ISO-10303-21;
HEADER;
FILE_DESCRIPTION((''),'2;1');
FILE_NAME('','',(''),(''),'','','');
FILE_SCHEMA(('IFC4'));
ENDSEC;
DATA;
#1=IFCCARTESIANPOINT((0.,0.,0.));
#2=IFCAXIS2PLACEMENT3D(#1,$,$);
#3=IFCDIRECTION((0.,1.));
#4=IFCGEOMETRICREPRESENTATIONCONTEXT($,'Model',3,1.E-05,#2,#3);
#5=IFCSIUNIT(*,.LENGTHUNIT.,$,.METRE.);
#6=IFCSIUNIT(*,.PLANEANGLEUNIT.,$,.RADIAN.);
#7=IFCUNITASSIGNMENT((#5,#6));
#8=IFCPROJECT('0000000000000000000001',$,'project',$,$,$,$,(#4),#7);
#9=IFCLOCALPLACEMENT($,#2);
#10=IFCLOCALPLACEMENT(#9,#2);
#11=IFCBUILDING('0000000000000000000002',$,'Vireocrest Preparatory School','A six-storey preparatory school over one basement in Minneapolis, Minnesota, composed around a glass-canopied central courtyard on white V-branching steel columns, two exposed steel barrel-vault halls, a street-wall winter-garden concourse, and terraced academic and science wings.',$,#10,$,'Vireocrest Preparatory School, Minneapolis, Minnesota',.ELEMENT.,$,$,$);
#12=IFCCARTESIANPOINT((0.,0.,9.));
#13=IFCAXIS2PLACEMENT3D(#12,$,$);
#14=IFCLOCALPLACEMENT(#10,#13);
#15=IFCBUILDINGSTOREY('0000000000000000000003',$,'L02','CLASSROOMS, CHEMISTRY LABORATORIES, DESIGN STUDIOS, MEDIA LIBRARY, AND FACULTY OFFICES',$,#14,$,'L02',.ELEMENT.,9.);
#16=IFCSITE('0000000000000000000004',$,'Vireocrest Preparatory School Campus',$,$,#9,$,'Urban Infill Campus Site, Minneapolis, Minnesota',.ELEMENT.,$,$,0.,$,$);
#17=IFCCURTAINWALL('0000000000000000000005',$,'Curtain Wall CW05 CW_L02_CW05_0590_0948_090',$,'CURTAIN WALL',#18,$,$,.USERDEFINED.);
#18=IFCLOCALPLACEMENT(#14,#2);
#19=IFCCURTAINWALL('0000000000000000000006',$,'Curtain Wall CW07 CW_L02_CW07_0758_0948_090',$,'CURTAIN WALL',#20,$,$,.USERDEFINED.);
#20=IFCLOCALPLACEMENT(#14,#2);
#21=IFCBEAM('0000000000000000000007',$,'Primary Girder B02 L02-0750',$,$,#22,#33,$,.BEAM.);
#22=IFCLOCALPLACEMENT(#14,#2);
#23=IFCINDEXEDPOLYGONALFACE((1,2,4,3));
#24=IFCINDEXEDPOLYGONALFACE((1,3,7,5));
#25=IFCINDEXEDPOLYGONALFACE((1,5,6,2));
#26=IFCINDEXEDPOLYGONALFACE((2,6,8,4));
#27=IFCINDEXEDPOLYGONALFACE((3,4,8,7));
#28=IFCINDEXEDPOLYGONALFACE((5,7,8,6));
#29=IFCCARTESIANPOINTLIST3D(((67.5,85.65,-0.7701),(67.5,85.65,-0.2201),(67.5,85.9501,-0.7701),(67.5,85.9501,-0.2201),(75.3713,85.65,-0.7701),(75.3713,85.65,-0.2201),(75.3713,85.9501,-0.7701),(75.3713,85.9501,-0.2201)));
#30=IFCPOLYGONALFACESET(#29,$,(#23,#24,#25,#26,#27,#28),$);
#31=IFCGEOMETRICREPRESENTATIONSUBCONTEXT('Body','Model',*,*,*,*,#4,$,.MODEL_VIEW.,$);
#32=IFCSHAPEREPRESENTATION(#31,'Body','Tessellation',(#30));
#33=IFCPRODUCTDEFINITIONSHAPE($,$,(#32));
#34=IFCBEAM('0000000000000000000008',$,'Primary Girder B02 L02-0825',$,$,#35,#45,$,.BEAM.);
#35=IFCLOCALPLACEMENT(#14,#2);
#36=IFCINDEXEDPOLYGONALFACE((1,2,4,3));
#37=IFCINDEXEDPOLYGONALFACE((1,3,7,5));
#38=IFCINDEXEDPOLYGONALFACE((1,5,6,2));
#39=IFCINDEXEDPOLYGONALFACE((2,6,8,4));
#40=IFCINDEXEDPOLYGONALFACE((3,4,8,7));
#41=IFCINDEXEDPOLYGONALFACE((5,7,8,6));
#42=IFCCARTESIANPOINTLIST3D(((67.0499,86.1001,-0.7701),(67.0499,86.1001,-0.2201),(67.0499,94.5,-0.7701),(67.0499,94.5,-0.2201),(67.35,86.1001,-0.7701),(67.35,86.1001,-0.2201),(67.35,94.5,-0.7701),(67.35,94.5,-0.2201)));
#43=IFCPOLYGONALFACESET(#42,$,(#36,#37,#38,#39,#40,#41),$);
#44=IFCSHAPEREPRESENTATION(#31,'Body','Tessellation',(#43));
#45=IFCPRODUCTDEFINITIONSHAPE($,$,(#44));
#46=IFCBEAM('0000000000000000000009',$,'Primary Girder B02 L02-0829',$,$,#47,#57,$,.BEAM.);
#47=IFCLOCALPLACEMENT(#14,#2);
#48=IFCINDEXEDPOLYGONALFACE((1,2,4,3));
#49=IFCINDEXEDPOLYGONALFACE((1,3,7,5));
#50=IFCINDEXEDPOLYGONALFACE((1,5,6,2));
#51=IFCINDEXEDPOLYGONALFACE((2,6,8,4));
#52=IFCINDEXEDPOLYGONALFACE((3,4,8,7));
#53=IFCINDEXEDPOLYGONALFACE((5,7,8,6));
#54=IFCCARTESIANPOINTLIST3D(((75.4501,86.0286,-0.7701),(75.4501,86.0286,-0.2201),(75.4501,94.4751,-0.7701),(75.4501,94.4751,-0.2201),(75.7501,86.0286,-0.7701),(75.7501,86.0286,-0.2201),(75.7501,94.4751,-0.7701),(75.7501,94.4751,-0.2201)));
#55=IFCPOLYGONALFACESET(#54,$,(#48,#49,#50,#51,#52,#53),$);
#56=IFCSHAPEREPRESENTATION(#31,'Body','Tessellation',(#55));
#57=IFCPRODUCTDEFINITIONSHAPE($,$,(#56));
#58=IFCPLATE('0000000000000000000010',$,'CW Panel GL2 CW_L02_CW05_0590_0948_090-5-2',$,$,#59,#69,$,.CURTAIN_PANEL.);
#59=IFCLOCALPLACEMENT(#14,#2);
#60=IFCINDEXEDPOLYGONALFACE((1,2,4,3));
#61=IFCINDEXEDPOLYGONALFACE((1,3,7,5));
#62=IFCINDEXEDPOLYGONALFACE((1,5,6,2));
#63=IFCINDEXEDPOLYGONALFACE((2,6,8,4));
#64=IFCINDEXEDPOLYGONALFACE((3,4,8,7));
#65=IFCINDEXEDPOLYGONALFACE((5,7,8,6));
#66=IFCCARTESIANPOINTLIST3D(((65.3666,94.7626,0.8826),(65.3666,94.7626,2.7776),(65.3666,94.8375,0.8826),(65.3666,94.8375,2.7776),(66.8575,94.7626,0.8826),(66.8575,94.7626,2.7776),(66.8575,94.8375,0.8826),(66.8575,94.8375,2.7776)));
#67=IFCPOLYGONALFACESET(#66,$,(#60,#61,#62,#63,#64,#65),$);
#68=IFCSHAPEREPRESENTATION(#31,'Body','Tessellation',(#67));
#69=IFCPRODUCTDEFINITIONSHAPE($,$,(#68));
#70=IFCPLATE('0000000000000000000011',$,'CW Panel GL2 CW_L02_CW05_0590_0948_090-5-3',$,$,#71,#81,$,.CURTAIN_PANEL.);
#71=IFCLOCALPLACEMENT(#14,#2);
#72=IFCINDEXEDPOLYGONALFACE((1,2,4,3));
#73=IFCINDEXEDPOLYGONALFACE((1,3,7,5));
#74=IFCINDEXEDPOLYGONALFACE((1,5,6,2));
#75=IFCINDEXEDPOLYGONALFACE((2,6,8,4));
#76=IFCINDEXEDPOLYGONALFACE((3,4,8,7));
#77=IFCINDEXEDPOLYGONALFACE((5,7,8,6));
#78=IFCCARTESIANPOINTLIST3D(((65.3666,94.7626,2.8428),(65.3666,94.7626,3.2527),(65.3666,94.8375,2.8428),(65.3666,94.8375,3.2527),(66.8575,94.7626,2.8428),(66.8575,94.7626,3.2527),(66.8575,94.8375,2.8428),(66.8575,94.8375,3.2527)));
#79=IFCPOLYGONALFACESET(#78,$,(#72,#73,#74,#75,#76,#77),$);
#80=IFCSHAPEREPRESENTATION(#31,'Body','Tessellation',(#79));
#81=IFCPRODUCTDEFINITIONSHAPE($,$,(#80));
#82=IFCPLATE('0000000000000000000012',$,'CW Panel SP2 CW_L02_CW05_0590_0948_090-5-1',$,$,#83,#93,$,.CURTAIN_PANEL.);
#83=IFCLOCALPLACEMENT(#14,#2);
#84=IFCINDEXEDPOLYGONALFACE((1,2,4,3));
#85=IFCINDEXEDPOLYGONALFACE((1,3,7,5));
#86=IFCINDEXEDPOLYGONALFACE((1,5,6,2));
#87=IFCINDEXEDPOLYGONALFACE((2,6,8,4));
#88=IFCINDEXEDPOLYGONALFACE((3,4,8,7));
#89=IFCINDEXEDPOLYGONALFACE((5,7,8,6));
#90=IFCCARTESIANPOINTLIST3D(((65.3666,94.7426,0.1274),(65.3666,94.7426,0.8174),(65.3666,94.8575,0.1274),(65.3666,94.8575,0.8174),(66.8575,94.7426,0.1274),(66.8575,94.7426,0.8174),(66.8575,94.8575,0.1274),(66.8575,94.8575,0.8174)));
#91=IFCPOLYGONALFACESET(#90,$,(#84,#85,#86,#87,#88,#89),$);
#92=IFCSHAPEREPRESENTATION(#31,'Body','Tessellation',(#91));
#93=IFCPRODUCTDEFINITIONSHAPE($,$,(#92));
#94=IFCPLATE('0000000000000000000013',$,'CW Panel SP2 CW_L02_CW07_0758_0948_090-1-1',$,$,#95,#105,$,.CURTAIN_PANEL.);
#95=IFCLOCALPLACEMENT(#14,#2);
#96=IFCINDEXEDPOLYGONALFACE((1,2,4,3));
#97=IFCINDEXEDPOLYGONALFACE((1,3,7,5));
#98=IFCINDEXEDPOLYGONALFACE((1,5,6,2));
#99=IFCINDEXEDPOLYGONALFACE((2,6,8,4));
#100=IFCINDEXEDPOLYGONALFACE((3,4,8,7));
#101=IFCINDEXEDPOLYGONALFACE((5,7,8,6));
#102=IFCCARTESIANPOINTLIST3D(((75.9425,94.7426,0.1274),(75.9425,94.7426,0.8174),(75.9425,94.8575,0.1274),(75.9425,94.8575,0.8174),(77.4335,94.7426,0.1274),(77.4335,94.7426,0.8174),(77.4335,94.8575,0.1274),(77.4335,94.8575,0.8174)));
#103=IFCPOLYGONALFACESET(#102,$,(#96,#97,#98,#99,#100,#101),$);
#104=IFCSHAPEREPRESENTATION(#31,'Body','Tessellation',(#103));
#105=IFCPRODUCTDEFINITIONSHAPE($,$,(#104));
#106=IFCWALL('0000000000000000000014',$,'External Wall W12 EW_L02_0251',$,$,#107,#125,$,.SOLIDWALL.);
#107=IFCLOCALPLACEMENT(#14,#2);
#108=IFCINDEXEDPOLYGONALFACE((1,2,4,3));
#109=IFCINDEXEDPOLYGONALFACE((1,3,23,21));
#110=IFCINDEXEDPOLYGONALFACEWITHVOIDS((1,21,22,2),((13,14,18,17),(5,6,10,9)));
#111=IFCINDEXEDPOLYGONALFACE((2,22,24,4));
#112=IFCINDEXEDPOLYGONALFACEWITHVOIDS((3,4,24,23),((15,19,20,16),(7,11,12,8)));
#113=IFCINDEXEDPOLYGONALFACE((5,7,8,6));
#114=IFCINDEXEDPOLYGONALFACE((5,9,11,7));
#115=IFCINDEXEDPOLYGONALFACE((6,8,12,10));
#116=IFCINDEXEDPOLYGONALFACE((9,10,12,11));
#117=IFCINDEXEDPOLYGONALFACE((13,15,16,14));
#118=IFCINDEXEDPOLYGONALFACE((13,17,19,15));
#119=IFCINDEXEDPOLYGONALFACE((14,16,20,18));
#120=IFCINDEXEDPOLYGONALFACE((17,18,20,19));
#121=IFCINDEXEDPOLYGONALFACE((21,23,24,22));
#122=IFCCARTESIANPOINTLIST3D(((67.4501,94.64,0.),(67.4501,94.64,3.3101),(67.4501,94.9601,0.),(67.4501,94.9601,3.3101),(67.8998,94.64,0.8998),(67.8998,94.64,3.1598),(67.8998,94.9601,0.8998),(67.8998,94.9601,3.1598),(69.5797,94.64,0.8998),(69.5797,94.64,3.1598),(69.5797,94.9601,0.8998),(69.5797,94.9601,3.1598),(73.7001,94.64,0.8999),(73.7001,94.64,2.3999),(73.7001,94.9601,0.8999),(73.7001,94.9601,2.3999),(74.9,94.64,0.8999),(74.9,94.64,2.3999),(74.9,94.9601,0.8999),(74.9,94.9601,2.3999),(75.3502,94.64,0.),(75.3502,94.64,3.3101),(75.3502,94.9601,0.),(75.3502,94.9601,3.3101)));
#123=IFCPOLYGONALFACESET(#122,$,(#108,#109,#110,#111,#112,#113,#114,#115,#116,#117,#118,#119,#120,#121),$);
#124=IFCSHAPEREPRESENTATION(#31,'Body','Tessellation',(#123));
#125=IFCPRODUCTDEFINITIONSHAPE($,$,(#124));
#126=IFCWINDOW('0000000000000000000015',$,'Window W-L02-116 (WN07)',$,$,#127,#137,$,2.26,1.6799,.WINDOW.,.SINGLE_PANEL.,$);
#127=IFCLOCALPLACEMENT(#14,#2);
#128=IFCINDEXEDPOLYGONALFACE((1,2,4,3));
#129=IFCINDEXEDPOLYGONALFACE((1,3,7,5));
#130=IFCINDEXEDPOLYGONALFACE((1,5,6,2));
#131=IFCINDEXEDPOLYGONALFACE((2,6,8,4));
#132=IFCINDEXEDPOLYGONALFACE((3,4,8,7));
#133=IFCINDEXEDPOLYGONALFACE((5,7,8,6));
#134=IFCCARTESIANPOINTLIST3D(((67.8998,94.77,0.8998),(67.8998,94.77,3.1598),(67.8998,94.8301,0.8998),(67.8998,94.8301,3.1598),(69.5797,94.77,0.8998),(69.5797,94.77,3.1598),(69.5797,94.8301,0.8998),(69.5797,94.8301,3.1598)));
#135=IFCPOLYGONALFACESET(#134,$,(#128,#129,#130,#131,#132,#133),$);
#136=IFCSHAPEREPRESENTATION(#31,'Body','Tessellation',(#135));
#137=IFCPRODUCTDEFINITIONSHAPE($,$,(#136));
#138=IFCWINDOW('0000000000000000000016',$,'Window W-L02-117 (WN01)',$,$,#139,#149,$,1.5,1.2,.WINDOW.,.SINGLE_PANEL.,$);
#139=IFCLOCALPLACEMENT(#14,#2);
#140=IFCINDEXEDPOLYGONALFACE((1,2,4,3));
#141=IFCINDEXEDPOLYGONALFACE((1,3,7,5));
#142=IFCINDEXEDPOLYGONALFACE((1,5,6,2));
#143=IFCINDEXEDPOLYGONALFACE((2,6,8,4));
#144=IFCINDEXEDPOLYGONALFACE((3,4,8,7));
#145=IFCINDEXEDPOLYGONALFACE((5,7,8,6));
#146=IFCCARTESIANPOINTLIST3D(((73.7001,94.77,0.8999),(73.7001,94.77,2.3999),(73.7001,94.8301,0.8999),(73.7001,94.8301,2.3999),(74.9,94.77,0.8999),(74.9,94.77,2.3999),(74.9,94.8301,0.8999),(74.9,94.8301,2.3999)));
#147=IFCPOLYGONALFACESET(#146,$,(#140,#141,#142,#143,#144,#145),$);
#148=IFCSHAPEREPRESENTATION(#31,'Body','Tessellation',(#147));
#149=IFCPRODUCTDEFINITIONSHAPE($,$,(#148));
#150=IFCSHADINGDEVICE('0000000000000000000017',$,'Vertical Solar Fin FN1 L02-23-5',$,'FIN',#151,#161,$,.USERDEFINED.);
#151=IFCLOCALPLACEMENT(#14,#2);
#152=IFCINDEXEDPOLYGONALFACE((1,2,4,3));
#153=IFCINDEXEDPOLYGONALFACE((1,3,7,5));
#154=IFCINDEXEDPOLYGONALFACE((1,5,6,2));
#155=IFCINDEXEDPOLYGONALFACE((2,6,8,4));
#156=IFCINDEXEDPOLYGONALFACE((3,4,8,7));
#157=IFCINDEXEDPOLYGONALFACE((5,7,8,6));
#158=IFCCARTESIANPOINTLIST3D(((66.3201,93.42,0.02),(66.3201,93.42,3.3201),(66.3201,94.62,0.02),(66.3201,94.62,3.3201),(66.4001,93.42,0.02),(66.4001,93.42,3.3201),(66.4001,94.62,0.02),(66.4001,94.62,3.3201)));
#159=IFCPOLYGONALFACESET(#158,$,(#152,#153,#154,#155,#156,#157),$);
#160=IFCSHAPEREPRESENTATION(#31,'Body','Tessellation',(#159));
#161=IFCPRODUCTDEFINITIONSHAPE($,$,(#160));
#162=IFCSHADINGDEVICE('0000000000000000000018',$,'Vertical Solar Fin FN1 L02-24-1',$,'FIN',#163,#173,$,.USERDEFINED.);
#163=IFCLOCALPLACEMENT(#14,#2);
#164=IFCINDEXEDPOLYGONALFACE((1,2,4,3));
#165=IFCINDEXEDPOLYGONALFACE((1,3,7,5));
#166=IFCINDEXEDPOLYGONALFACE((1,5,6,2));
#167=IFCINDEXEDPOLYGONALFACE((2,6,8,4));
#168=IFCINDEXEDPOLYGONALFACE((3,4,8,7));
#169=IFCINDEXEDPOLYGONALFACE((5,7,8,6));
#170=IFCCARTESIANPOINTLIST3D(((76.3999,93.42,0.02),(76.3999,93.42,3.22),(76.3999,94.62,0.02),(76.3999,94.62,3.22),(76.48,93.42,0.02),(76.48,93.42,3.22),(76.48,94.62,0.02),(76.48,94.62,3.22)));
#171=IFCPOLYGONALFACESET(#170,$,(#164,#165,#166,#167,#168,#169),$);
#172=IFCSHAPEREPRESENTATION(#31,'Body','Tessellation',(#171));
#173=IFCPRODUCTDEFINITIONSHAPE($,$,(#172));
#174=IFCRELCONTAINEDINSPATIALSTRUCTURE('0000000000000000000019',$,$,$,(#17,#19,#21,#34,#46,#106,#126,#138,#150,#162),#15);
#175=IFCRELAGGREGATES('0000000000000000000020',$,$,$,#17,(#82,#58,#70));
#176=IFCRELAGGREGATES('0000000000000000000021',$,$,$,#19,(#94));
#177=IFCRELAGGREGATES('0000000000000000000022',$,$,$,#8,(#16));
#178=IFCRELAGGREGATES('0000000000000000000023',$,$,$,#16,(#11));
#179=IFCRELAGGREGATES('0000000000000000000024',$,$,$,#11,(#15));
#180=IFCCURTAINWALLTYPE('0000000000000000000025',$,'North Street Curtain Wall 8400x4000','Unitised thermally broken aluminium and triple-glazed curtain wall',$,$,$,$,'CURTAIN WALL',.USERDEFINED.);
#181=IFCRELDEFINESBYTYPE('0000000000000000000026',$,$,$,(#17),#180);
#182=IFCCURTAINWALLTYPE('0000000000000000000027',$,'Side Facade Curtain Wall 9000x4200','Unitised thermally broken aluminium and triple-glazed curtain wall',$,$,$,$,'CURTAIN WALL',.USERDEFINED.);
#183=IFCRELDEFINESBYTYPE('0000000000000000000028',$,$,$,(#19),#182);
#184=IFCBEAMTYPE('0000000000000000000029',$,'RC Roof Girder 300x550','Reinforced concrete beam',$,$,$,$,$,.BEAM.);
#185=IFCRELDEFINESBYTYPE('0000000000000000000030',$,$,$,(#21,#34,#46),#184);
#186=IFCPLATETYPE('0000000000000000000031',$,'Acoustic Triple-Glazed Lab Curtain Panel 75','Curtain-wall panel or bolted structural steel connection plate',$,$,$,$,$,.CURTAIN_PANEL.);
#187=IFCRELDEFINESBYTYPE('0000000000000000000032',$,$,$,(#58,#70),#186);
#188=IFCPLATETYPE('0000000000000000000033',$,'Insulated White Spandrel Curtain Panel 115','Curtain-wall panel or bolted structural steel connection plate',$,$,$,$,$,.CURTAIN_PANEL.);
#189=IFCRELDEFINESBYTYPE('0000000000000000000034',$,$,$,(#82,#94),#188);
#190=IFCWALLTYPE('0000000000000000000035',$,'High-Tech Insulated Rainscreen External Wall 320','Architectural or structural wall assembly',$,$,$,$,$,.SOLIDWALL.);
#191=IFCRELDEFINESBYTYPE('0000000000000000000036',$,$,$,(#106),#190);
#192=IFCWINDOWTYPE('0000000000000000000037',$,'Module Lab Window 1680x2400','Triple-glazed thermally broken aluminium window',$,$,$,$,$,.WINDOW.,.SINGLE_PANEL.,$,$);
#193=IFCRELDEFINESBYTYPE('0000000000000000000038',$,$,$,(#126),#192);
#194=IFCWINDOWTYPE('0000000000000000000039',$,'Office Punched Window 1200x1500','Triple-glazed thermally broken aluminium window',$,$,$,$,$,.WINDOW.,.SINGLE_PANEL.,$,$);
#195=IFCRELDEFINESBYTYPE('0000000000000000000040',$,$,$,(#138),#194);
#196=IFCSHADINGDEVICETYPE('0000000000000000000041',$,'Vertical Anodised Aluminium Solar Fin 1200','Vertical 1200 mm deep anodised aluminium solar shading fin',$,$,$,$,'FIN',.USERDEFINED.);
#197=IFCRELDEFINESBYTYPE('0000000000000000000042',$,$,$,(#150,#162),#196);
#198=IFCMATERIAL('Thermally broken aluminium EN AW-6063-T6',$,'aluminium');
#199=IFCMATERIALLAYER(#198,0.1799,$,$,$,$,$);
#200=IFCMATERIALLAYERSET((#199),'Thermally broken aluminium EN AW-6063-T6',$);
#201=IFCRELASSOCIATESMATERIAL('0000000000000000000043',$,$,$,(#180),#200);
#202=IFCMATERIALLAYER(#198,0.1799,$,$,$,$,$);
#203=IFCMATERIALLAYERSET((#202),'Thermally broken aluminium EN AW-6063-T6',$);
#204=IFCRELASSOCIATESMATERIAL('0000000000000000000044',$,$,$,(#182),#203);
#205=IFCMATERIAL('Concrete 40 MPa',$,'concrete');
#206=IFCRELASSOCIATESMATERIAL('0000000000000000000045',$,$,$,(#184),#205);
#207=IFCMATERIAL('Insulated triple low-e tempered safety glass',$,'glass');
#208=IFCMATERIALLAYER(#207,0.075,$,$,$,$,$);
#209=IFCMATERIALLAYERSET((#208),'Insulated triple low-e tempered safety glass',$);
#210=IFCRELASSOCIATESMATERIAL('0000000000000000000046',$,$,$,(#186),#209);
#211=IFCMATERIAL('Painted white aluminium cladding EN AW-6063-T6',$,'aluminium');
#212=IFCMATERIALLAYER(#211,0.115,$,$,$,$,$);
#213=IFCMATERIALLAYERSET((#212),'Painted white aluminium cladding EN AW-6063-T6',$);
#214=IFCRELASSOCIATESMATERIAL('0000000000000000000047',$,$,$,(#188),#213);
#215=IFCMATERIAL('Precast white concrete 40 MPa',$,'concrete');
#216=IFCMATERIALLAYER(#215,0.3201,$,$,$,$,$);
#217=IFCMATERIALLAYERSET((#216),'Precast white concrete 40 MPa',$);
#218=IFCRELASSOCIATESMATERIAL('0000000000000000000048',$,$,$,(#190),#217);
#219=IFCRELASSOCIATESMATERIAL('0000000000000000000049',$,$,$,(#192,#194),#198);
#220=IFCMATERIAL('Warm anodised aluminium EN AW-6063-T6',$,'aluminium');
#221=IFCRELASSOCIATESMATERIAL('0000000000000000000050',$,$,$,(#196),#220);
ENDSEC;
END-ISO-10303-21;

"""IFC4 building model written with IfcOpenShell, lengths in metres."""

from ifc_helpers import new_model, si_unit, direction, frame, frame_2d, origin, origin_2d, place, context, subcontext, project, spatial, rectangle, extrude, material, layer, layer_set, material_profile, profile_set, type_object, element, fill, aggregate, save


model = new_model("IFC4")

# Units and contexts
model_context = context("Model", 3, precision=1e-05, world=origin(), true_north=direction((0.0, 1.0)))
body_context = subcontext(model_context, "Body", "Model", "MODEL_VIEW")
ifc_project = project(units=[si_unit("LENGTHUNIT", "METRE"), si_unit("PLANEANGLEUNIT", "RADIAN")], contexts=[model_context])

# Site, building, storey
site_placement = place(None, origin())
site = spatial("IfcSite", under=ifc_project, at=site_placement, Name="Vireocrest Preparatory School Campus", LongName="Urban Infill Campus Site, Minneapolis, Minnesota", CompositionType="ELEMENT", RefElevation=0.0)
building_placement = place(site_placement, origin())
building = spatial("IfcBuilding", under=site, at=building_placement, Name="Vireocrest Preparatory School", Description="A six-storey preparatory school over one basement in Minneapolis, Minnesota, composed around a glass-canopied central courtyard on white V-branching steel columns, two exposed steel barrel-vault halls, a street-wall winter-garden concourse, and terraced academic and science wings.", LongName="Vireocrest Preparatory School, Minneapolis, Minnesota", CompositionType="ELEMENT")
storey_placement = place(building_placement, frame((0.0, 0.0, 9.0)))
storey = spatial("IfcBuildingStorey", under=building, at=storey_placement, Name="L02", Description="CLASSROOMS, CHEMISTRY LABORATORIES, DESIGN STUDIOS, MEDIA LIBRARY, AND FACULTY OFFICES", LongName="L02", CompositionType="ELEMENT", Elevation=9.0)

# Curtain wall
ifc_material_1 = material(Name="Thermally broken aluminium EN AW-6063-T6", Category="aluminium")
ifc_layer_1 = layer(ifc_material_1, 0.1799)
ifc_layer_set_1 = layer_set([ifc_layer_1], Name="Thermally broken aluminium EN AW-6063-T6")
curtain_wall_type_1 = type_object("IfcCurtainWallType", Name="North Street Curtain Wall 8400x4000", Description="Unitised thermally broken aluminium and triple-glazed curtain wall", ElementType="CURTAIN WALL", PredefinedType="USERDEFINED", material=ifc_layer_set_1)
curtain_wall_1_placement = place(storey_placement, origin())
curtain_wall_1 = element("IfcCurtainWall", 1, at=curtain_wall_1_placement, inside=storey, type_object=curtain_wall_type_1, Name="Curtain Wall CW05 CW_L02_CW05_0590_0948_090", ObjectType="CURTAIN WALL", PredefinedType="USERDEFINED")

# Curtain wall
ifc_layer_2 = layer(ifc_material_1, 0.1799)
ifc_layer_set_2 = layer_set([ifc_layer_2], Name="Thermally broken aluminium EN AW-6063-T6")
curtain_wall_type_2 = type_object("IfcCurtainWallType", Name="Side Facade Curtain Wall 9000x4200", Description="Unitised thermally broken aluminium and triple-glazed curtain wall", ElementType="CURTAIN WALL", PredefinedType="USERDEFINED", material=ifc_layer_set_2)
curtain_wall_2_placement = place(storey_placement, origin())
curtain_wall_2 = element("IfcCurtainWall", 2, at=curtain_wall_2_placement, inside=storey, type_object=curtain_wall_type_2, Name="Curtain Wall CW07 CW_L02_CW07_0758_0948_090", ObjectType="CURTAIN WALL", PredefinedType="USERDEFINED")

# Beams
ifc_material_2 = material(Name="Concrete 40 MPa", Category="concrete")
ifc_material_profile_1 = material_profile(ifc_material_2, rectangle(XDim=0.3, YDim=0.55, at=origin_2d()), Name="RC 300x550")
ifc_profile_set_1 = profile_set([ifc_material_profile_1], Name="Concrete 40 MPa")
beam_type_1 = type_object("IfcBeamType", Name="RC Roof Girder 300x550", Description="Reinforced concrete beam", PredefinedType="BEAM", material=ifc_profile_set_1)
beam_1_placement = place(storey_placement, frame((67.5, 85.8, -0.4951), z_axis=(1.0, 0.0, 0.0), x_axis=(0.0, 1.0, 0.0)))
element("IfcBeam", 3, at=beam_1_placement, inside=storey, type_object=beam_type_1, Name="Primary Girder B02 L02-0750", PredefinedType="BEAM", context=body_context, shape_type="SweptSolid", body=[
    extrude(rectangle(XDim=0.3, YDim=0.55, at=origin_2d()), origin(), (0.0, 0.0, 1.0), 7.8713),
])
beam_2_placement = place(storey_placement, frame((67.2, 86.1001, -0.4951), z_axis=(0.0, 1.0, 0.0), x_axis=(-1.0, 0.0, 0.0)))
element("IfcBeam", 4, at=beam_2_placement, inside=storey, type_object=beam_type_1, Name="Primary Girder B02 L02-0825", PredefinedType="BEAM", context=body_context, shape_type="SweptSolid", body=[
    extrude(rectangle(XDim=0.3, YDim=0.55, at=origin_2d()), origin(), (0.0, 0.0, 1.0), 8.3999),
])
beam_3_placement = place(storey_placement, frame((75.6001, 86.0286, -0.4951), z_axis=(0.0, 1.0, 0.0), x_axis=(-1.0, 0.0, 0.0)))
element("IfcBeam", 5, at=beam_3_placement, inside=storey, type_object=beam_type_1, Name="Primary Girder B02 L02-0829", PredefinedType="BEAM", context=body_context, shape_type="SweptSolid", body=[
    extrude(rectangle(XDim=0.3, YDim=0.55, at=origin_2d()), origin(), (0.0, 0.0, 1.0), 8.4465),
])

# Plates
ifc_material_3 = material(Name="Insulated triple low-e tempered safety glass", Category="glass")
ifc_layer_3 = layer(ifc_material_3, 0.075)
ifc_layer_set_3 = layer_set([ifc_layer_3], Name="Insulated triple low-e tempered safety glass")
plate_type_1 = type_object("IfcPlateType", Name="Acoustic Triple-Glazed Lab Curtain Panel 75", Description="Curtain-wall panel or bolted structural steel connection plate", PredefinedType="CURTAIN_PANEL", material=ifc_layer_set_3)
plate_1_placement = place(storey_placement, frame((66.1121, 94.8, 0.8826), z_axis=(0.0, 0.0, 1.0), x_axis=(1.0, 0.0, 0.0)))
plate_1 = element("IfcPlate", 6, at=plate_1_placement, type_object=plate_type_1, Name="CW Panel GL2 CW_L02_CW05_0590_0948_090-5-2", PredefinedType="CURTAIN_PANEL", context=body_context, shape_type="SweptSolid", body=[
    extrude(rectangle(XDim=1.491, YDim=0.075, at=origin_2d()), origin(), (0.0, 0.0, 1.0), 1.895),
])
plate_2_placement = place(storey_placement, frame((66.1121, 94.8, 2.8428), z_axis=(0.0, 0.0, 1.0), x_axis=(1.0, 0.0, 0.0)))
plate_2 = element("IfcPlate", 7, at=plate_2_placement, type_object=plate_type_1, Name="CW Panel GL2 CW_L02_CW05_0590_0948_090-5-3", PredefinedType="CURTAIN_PANEL", context=body_context, shape_type="SweptSolid", body=[
    extrude(rectangle(XDim=1.491, YDim=0.075, at=origin_2d()), origin(), (0.0, 0.0, 1.0), 0.4099),
])
ifc_material_4 = material(Name="Painted white aluminium cladding EN AW-6063-T6", Category="aluminium")
ifc_layer_4 = layer(ifc_material_4, 0.115)
ifc_layer_set_4 = layer_set([ifc_layer_4], Name="Painted white aluminium cladding EN AW-6063-T6")
plate_type_2 = type_object("IfcPlateType", Name="Insulated White Spandrel Curtain Panel 115", Description="Curtain-wall panel or bolted structural steel connection plate", PredefinedType="CURTAIN_PANEL", material=ifc_layer_set_4)
plate_3_placement = place(storey_placement, frame((66.1121, 94.8, 0.1274), z_axis=(0.0, 0.0, 1.0), x_axis=(1.0, 0.0, 0.0)))
plate_3 = element("IfcPlate", 8, at=plate_3_placement, type_object=plate_type_2, Name="CW Panel SP2 CW_L02_CW05_0590_0948_090-5-1", PredefinedType="CURTAIN_PANEL", context=body_context, shape_type="SweptSolid", body=[
    extrude(rectangle(XDim=1.491, YDim=0.115, at=origin_2d()), origin(), (0.0, 0.0, 1.0), 0.6899),
])
aggregate(curtain_wall_1, [plate_3, plate_1, plate_2])
plate_4_placement = place(storey_placement, frame((76.688, 94.8, 0.1274), z_axis=(0.0, 0.0, 1.0), x_axis=(1.0, 0.0, 0.0)))
plate_4 = element("IfcPlate", 9, at=plate_4_placement, type_object=plate_type_2, Name="CW Panel SP2 CW_L02_CW07_0758_0948_090-1-1", PredefinedType="CURTAIN_PANEL", context=body_context, shape_type="SweptSolid", body=[
    extrude(rectangle(XDim=1.491, YDim=0.115, at=origin_2d()), origin(), (0.0, 0.0, 1.0), 0.6899),
])
aggregate(curtain_wall_2, [plate_4])

# Wall, openings, windows
ifc_material_5 = material(Name="Precast white concrete 40 MPa", Category="concrete")
ifc_layer_5 = layer(ifc_material_5, 0.3201)
ifc_layer_set_5 = layer_set([ifc_layer_5], Name="Precast white concrete 40 MPa")
wall_type = type_object("IfcWallType", Name="High-Tech Insulated Rainscreen External Wall 320", Description="Architectural or structural wall assembly", PredefinedType="SOLIDWALL", material=ifc_layer_set_5)
wall_placement = place(storey_placement, frame((67.45, 94.8, 0.0), z_axis=(0.0, 0.0, 1.0), x_axis=(1.0, 0.0, 0.0)))
wall = element("IfcWall", 10, at=wall_placement, inside=storey, type_object=wall_type, Name="External Wall W12 EW_L02_0251", PredefinedType="SOLIDWALL", context=body_context, shape_type="SweptSolid", body=[
    extrude(rectangle(XDim=7.9001, YDim=0.3201, at=frame_2d((3.9502, 0.0))), origin(), (0.0, 0.0, 1.0), 3.3101),
])
opening_1_placement = place(wall_placement, frame((0.45, 0.0, 0.8999)))
opening_1 = element("IfcOpeningElement", 11, at=opening_1_placement, cuts=wall, PredefinedType="OPENING", context=body_context, shape_type="SweptSolid", body=[
    extrude(rectangle(XDim=1.6799, YDim=2.26, at=frame_2d((0.8398, 1.1299))), frame((0.0, 0.1699, 0.0), z_axis=(0.0, -1.0, 0.0), x_axis=(1.0, 0.0, 0.0)), (0.0, 0.0, 1.0), 0.3401),
])
opening_2_placement = place(wall_placement, frame((6.25, 0.0, 0.8999)))
opening_2 = element("IfcOpeningElement", 12, at=opening_2_placement, cuts=wall, PredefinedType="OPENING", context=body_context, shape_type="SweptSolid", body=[
    extrude(rectangle(XDim=1.2, YDim=1.5, at=frame_2d((0.6001, 0.75))), frame((0.0, 0.1699, 0.0), z_axis=(0.0, -1.0, 0.0), x_axis=(1.0, 0.0, 0.0)), (0.0, 0.0, 1.0), 0.3401),
])
window_type_1 = type_object("IfcWindowType", Name="Module Lab Window 1680x2400", Description="Triple-glazed thermally broken aluminium window", PartitioningType="SINGLE_PANEL", PredefinedType="WINDOW", material=ifc_material_1)
window_1_placement = place(opening_1_placement, origin())
window_1 = element("IfcWindow", 13, at=window_1_placement, inside=storey, type_object=window_type_1, Name="Window W-L02-116 (WN07)", OverallHeight=2.26, OverallWidth=1.6799, PartitioningType="SINGLE_PANEL", PredefinedType="WINDOW", context=body_context, shape_type="SweptSolid", body=[
    extrude(rectangle(XDim=1.6799, YDim=2.26, at=frame_2d((0.8398, 1.1299))), frame((0.0, 0.03, 0.0), z_axis=(0.0, -1.0, 0.0), x_axis=(1.0, 0.0, 0.0)), (0.0, 0.0, 1.0), 0.0601),
])
fill(opening_1, window_1)
window_type_2 = type_object("IfcWindowType", Name="Office Punched Window 1200x1500", Description="Triple-glazed thermally broken aluminium window", PartitioningType="SINGLE_PANEL", PredefinedType="WINDOW", material=ifc_material_1)
window_2_placement = place(opening_2_placement, origin())
window_2 = element("IfcWindow", 14, at=window_2_placement, inside=storey, type_object=window_type_2, Name="Window W-L02-117 (WN01)", OverallHeight=1.5, OverallWidth=1.2, PartitioningType="SINGLE_PANEL", PredefinedType="WINDOW", context=body_context, shape_type="SweptSolid", body=[
    extrude(rectangle(XDim=1.2, YDim=1.5, at=frame_2d((0.6001, 0.75))), frame((0.0, 0.03, 0.0), z_axis=(0.0, -1.0, 0.0), x_axis=(1.0, 0.0, 0.0)), (0.0, 0.0, 1.0), 0.0601),
])
fill(opening_2, window_2)

# Shading devices
ifc_material_6 = material(Name="Warm anodised aluminium EN AW-6063-T6", Category="aluminium")
ifc_material_profile_2 = material_profile(ifc_material_6, rectangle(XDim=0.0801, YDim=1.2, at=origin_2d()), Name="FIN 80x1200")
ifc_profile_set_2 = profile_set([ifc_material_profile_2], Name="Warm anodised aluminium EN AW-6063-T6")
shading_device_type = type_object("IfcShadingDeviceType", Name="Vertical Anodised Aluminium Solar Fin 1200", Description="Vertical 1200 mm deep anodised aluminium solar shading fin", ElementType="FIN", PredefinedType="USERDEFINED", material=ifc_profile_set_2)
shading_device_placement = place(storey_placement, frame((66.3601, 94.02, 0.02), z_axis=(0.0, 0.0, 1.0), x_axis=(-1.0, 0.0, 0.0)))
element("IfcShadingDevice", 15, at=shading_device_placement, inside=storey, type_object=shading_device_type, Name="Vertical Solar Fin FN1 L02-23-5", ObjectType="FIN", PredefinedType="USERDEFINED", context=body_context, shape_type="SweptSolid", body=[
    extrude(rectangle(XDim=0.0801, YDim=1.2, at=origin_2d()), origin(), (0.0, 0.0, 1.0), 3.3),
])
for number, where, z_axis, x_axis, name in (
    (16, (76.4399, 94.02, 0.02), (0.0, 0.0, 1.0), (-1.0, 0.0, 0.0), "Vertical Solar Fin FN1 L02-24-1"),
):
    element("IfcShadingDevice", number, at=place(storey_placement, frame(where, z_axis=z_axis, x_axis=x_axis)), inside=storey, type_object=shading_device_type, Name=name, ObjectType="FIN", PredefinedType="USERDEFINED", context=body_context, shape_type="SweptSolid", body=[
        extrude(rectangle(XDim=0.0801, YDim=1.2, at=origin_2d()), origin(), (0.0, 0.0, 1.0), 3.2),
    ])

save(model, "model.ifc")
